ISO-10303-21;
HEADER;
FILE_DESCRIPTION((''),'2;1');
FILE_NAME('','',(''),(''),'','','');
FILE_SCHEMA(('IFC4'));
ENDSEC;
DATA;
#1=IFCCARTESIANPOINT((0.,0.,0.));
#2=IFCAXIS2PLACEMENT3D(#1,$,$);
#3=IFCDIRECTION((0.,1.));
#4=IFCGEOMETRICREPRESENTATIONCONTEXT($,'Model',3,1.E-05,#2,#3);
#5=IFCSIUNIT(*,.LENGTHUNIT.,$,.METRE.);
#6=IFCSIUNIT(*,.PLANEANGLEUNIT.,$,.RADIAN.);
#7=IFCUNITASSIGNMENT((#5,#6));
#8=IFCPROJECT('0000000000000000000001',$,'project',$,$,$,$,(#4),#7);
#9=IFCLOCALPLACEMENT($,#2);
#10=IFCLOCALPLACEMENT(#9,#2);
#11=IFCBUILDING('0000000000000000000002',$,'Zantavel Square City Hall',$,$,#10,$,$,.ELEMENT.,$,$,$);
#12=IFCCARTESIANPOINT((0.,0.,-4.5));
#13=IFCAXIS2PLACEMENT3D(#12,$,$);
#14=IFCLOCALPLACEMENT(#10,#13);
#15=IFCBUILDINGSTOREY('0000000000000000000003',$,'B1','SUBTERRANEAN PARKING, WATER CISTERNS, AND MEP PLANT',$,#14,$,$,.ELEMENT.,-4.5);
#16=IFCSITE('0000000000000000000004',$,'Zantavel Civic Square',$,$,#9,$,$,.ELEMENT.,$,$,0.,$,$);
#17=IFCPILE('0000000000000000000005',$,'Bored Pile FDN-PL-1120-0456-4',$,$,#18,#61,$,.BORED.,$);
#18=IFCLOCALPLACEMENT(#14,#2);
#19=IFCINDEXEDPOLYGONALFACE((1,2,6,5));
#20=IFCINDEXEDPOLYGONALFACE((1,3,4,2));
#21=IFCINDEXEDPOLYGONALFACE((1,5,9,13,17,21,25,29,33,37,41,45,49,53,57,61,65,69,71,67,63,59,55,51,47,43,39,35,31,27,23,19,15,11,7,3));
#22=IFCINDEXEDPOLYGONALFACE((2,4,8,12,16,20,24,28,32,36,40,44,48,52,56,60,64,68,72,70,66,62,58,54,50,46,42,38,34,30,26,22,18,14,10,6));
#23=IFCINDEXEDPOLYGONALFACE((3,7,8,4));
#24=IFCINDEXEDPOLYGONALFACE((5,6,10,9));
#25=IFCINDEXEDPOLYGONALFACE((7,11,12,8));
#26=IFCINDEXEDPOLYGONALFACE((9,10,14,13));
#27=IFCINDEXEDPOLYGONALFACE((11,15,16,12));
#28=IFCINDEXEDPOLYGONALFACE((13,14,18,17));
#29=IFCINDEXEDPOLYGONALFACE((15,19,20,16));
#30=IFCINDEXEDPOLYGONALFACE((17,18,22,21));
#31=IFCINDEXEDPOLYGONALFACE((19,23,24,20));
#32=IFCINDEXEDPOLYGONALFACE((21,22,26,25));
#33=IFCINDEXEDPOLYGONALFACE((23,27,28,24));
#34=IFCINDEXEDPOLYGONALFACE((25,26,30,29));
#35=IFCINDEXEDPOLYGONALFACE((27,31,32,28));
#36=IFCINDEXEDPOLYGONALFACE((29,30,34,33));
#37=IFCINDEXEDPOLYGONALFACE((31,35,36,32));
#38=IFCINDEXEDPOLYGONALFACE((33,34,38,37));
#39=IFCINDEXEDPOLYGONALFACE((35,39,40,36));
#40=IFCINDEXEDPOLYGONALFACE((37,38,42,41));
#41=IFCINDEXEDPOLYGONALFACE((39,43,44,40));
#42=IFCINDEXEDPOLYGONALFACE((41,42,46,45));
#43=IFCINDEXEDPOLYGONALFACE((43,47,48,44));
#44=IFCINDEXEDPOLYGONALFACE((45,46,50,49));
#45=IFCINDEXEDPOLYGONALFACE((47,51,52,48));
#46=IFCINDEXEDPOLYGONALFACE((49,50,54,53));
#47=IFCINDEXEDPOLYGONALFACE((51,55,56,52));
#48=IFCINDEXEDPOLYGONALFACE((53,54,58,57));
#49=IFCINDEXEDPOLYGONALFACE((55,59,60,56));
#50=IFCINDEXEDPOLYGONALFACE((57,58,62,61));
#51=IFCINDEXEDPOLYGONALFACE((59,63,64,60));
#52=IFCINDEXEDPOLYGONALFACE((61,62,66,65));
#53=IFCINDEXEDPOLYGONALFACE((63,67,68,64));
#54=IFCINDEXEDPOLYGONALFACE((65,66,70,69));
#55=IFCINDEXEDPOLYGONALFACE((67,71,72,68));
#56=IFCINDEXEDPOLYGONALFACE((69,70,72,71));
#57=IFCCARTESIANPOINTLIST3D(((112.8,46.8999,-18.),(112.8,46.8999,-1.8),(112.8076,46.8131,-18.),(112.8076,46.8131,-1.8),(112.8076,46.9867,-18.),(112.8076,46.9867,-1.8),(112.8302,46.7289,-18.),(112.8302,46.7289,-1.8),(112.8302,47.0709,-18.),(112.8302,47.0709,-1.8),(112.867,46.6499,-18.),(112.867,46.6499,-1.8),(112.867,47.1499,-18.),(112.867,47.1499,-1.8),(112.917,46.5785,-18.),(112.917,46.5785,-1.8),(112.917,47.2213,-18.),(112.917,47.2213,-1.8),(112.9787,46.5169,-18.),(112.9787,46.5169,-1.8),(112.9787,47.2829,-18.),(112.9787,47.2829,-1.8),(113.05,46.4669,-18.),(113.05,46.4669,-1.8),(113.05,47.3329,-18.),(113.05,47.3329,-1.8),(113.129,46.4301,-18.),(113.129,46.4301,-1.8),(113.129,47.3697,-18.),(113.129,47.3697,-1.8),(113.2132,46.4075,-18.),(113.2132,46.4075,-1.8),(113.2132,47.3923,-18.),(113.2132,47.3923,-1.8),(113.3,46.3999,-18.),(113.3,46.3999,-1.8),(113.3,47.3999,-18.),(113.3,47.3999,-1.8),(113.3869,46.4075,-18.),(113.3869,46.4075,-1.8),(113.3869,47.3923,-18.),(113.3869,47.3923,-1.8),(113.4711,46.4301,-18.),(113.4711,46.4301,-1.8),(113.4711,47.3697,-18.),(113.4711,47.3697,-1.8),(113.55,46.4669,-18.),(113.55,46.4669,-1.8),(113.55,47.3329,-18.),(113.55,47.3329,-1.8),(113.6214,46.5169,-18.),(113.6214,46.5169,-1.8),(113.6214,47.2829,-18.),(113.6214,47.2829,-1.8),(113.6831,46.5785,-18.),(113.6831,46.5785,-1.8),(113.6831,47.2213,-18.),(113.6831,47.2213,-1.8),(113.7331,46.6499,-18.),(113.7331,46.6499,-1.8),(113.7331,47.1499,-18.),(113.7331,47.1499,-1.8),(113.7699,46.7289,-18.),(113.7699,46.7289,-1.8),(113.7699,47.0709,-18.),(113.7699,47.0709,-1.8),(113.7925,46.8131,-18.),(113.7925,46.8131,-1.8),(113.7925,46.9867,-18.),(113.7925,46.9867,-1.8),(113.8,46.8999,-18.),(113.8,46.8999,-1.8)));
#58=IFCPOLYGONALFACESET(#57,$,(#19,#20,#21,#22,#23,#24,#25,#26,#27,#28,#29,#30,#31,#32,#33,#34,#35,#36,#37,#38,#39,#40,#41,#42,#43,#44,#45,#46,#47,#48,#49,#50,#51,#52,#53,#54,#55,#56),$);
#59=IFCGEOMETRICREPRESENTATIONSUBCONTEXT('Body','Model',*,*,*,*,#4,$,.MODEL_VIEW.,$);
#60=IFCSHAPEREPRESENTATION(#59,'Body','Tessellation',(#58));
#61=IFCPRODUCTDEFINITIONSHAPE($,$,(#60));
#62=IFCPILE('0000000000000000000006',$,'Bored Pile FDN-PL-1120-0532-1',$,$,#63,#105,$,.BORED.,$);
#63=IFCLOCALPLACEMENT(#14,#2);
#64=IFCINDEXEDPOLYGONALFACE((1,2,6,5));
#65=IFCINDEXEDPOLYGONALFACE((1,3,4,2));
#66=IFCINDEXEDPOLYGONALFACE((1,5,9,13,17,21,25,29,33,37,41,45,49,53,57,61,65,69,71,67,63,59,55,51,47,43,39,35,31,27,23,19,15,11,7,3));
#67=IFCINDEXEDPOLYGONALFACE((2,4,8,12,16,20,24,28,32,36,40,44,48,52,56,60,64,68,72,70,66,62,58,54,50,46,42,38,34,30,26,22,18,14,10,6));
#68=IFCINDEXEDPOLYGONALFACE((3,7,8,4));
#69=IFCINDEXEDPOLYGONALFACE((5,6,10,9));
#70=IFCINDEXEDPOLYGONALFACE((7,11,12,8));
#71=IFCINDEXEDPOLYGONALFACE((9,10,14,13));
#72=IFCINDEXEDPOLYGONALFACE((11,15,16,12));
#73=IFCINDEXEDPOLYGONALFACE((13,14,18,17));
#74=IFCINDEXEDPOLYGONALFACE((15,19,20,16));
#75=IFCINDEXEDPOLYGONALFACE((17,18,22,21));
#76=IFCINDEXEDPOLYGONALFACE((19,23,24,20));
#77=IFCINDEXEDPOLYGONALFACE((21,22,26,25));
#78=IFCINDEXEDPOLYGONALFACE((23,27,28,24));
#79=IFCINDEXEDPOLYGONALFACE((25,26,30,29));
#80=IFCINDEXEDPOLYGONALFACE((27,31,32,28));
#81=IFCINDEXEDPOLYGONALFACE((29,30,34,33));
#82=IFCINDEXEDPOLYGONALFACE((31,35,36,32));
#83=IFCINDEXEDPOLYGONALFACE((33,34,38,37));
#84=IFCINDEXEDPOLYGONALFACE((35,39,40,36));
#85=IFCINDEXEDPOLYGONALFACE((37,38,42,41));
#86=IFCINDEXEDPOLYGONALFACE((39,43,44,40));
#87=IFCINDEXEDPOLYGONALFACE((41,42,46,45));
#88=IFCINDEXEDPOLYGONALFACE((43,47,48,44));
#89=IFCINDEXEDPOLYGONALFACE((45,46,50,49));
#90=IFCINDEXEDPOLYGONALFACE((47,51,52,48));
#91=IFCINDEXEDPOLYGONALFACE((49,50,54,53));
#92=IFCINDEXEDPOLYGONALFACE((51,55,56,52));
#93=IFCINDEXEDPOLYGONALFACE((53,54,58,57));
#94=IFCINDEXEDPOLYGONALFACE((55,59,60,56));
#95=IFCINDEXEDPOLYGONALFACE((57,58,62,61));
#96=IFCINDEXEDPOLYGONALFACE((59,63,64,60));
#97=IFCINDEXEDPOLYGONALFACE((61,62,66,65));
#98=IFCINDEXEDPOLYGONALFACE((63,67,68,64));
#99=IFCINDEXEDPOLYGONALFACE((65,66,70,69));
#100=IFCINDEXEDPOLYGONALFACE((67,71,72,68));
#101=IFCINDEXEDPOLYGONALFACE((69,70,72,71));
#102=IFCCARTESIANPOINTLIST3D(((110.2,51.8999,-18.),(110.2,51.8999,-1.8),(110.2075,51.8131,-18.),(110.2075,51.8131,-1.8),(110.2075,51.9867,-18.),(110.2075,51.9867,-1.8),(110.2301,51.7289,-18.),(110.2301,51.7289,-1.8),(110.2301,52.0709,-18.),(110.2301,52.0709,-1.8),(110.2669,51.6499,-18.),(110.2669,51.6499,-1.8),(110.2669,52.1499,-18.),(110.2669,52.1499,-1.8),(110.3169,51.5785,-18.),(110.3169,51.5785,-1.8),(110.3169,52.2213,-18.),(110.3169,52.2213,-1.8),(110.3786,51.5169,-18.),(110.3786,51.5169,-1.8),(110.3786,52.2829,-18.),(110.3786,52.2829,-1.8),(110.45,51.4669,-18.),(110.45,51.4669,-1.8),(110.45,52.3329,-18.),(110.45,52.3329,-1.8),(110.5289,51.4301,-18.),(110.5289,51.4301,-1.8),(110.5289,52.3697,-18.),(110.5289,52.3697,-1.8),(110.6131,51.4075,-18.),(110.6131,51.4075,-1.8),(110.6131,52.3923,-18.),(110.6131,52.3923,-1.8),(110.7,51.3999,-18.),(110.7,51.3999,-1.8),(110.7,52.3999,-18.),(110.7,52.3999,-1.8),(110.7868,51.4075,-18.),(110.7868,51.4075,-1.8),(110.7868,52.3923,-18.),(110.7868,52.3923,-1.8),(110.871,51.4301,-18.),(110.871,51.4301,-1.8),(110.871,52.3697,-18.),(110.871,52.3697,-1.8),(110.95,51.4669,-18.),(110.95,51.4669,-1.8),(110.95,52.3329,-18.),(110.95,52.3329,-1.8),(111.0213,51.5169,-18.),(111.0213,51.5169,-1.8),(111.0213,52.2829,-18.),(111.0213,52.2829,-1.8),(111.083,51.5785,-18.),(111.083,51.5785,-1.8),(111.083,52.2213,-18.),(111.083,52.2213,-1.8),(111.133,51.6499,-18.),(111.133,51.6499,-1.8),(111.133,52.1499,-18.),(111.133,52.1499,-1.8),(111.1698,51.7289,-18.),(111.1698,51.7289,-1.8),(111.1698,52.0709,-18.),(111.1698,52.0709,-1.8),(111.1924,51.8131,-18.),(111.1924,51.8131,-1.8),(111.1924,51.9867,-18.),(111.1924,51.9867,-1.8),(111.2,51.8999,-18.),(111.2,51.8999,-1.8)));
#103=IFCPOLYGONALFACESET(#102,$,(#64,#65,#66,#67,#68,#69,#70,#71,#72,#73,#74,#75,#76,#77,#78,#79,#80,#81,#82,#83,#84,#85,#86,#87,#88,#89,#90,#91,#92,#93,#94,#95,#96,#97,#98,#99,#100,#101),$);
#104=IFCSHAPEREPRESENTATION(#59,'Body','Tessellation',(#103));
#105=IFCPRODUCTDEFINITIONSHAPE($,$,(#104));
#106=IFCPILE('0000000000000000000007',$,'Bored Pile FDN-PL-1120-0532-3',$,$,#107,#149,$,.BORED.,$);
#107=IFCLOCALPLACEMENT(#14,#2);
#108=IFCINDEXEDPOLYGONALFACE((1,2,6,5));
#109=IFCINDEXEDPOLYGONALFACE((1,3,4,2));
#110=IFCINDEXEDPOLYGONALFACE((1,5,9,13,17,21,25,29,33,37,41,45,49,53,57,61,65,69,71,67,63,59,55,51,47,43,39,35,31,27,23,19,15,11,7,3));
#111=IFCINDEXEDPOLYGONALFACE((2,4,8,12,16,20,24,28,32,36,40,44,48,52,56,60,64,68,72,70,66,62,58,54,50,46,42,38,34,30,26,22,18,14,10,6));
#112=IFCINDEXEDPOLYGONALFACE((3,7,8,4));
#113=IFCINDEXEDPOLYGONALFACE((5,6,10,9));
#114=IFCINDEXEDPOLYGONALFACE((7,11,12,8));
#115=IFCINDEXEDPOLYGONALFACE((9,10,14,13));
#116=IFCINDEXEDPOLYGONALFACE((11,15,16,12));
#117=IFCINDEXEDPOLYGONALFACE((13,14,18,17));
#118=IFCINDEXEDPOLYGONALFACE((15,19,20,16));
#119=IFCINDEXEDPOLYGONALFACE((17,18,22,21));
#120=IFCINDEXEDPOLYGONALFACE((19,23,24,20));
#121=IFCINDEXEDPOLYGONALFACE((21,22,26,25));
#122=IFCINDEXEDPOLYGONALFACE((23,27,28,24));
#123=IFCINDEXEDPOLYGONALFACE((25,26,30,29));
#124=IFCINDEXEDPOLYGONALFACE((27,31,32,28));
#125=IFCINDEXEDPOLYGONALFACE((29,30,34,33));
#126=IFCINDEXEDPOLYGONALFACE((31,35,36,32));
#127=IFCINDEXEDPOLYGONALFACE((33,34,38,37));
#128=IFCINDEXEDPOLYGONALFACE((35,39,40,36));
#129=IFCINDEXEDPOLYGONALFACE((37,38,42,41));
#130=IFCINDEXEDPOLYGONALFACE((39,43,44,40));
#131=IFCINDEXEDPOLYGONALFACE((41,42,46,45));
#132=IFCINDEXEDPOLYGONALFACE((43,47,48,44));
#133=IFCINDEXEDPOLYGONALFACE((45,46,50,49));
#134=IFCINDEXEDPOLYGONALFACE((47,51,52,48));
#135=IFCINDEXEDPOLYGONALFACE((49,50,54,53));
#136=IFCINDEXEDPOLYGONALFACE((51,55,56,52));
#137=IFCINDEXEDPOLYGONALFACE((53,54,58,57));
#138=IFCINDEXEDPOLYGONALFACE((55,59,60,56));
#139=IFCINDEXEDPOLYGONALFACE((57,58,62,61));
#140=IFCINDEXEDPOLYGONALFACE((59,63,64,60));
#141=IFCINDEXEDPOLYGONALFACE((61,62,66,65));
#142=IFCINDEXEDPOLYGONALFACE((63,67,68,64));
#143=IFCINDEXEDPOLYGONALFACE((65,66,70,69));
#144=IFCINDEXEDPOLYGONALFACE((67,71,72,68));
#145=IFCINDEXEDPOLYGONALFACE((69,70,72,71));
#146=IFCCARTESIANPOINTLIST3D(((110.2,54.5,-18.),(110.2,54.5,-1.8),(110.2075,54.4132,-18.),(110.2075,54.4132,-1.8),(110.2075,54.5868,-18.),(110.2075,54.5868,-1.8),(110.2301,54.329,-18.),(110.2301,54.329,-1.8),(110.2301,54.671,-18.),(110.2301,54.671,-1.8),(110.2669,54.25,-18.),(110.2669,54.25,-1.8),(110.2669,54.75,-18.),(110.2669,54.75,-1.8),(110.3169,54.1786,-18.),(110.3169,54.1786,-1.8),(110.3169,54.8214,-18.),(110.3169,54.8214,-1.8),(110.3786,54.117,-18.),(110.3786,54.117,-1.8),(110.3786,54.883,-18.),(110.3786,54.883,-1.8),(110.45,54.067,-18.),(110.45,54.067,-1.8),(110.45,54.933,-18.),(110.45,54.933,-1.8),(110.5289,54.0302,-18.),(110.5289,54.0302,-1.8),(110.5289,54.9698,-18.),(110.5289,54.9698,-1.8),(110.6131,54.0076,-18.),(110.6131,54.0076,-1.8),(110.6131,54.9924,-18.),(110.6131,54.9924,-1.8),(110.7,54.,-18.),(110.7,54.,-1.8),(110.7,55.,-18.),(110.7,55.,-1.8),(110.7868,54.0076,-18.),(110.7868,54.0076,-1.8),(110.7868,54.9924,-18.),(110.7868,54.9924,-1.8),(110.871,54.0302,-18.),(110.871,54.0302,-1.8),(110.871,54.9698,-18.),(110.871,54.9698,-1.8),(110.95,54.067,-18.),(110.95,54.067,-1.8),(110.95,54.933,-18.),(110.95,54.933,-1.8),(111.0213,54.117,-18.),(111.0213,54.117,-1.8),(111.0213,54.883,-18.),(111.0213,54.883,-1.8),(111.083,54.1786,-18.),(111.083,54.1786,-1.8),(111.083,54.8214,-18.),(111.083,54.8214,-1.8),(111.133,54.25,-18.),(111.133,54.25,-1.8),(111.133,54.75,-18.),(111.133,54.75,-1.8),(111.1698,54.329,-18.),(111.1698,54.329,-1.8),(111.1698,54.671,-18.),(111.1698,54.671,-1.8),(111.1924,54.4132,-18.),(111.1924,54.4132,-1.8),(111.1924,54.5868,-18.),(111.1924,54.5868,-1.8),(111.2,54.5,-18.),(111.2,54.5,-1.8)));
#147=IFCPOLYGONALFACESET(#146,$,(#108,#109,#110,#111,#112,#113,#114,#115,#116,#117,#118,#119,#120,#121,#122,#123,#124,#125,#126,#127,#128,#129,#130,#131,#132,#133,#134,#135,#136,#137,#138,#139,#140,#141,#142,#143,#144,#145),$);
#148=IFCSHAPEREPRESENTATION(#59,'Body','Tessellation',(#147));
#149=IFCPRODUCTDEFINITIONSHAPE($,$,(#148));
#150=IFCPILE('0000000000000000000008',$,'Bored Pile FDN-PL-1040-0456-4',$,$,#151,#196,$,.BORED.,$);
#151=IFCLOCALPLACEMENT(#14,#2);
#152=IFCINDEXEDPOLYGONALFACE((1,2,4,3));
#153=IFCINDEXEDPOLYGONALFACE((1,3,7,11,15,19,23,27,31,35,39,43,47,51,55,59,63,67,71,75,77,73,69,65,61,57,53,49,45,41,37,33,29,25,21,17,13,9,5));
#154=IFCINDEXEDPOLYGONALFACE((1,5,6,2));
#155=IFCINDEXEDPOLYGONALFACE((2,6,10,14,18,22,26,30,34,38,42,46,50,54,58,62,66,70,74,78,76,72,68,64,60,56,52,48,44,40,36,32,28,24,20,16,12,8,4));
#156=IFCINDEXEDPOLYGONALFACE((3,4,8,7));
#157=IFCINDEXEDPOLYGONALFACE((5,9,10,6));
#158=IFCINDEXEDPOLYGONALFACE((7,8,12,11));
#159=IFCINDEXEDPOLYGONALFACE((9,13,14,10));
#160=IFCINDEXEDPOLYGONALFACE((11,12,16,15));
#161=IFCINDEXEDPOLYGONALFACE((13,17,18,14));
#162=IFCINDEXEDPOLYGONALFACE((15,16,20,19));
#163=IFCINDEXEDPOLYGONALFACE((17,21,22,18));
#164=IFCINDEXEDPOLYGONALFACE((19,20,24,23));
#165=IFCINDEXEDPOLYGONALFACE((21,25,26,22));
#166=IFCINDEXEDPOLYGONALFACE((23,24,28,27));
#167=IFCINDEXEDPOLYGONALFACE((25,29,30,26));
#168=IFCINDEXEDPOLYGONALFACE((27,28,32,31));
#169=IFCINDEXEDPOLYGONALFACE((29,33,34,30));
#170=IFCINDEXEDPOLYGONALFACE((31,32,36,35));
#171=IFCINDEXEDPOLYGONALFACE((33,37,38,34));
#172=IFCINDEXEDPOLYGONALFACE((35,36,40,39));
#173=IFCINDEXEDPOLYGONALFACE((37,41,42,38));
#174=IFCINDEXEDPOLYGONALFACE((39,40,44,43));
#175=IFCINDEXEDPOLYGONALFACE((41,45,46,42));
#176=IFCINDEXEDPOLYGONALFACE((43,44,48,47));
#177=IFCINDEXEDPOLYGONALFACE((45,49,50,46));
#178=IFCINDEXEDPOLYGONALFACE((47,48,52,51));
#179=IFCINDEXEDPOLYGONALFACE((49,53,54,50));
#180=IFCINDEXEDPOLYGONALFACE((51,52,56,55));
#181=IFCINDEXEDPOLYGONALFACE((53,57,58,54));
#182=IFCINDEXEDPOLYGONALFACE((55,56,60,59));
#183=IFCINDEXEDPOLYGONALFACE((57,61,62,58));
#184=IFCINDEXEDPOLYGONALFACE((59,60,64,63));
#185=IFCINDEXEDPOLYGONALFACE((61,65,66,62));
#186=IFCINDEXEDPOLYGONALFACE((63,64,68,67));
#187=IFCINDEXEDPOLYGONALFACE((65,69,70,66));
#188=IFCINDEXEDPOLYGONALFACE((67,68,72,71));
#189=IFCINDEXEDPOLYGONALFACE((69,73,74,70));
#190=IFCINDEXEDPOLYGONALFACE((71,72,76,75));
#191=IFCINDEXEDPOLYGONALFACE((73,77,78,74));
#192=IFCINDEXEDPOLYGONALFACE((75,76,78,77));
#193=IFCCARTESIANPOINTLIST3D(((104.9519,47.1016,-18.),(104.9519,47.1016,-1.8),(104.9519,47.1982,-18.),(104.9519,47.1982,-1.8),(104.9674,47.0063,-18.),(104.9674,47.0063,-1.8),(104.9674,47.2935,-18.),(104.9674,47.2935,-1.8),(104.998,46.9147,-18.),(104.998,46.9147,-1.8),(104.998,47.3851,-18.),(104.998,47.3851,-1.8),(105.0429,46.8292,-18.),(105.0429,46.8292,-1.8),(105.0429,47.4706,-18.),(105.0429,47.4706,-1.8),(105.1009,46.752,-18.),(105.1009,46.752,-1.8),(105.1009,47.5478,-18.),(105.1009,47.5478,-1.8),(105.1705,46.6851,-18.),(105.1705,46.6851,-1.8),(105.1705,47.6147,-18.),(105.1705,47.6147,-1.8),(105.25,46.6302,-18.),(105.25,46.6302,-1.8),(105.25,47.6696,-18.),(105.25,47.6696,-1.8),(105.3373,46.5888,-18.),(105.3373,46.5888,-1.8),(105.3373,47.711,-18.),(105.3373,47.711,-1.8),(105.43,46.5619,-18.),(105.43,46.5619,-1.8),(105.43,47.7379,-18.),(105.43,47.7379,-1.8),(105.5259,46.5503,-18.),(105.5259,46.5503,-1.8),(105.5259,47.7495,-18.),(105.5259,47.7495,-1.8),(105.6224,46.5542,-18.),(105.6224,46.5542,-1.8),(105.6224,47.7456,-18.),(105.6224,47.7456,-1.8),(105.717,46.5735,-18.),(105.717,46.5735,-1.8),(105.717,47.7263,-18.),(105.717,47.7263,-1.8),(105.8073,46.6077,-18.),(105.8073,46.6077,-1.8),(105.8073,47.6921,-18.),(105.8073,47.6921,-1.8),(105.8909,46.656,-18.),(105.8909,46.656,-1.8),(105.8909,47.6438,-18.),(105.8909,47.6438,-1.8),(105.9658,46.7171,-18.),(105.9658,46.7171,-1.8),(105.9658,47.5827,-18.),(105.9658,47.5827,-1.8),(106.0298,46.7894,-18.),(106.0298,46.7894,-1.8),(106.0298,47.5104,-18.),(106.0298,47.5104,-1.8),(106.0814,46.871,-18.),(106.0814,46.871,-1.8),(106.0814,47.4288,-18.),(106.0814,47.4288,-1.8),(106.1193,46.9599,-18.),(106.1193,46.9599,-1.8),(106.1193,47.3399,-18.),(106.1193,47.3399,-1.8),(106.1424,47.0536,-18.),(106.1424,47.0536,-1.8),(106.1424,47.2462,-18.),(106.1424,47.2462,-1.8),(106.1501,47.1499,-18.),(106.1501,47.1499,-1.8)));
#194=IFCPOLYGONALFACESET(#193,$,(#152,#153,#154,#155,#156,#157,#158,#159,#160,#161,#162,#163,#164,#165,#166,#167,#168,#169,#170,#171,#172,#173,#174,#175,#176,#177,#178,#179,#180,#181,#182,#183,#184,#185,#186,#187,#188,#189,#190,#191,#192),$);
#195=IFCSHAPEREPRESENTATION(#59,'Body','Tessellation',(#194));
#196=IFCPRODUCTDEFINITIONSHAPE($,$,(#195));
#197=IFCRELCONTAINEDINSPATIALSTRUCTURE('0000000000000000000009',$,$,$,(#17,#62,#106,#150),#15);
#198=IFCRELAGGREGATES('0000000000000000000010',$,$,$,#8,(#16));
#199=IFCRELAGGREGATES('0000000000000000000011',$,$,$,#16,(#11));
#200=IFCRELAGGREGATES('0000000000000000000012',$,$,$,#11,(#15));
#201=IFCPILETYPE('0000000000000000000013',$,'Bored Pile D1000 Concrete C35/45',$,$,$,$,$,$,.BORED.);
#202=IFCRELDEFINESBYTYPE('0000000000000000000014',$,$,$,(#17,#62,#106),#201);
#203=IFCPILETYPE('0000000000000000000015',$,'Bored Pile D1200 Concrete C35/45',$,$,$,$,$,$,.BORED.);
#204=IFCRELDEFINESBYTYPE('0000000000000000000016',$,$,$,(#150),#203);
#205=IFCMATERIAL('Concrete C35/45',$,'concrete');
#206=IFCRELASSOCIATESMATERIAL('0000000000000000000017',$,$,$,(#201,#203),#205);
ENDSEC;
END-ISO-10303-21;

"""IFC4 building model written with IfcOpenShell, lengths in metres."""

from ifc_helpers import new_model, si_unit, direction, frame, origin, origin_2d, place, context, subcontext, project, spatial, circle, extrude, material, material_profile, profile_set, type_object, element, save


model = new_model("IFC4")

# Units and contexts
model_context = context("Model", 3, precision=1e-05, world=origin(), true_north=direction((0.0, 1.0)))
body_context = subcontext(model_context, "Body", "Model", "MODEL_VIEW")
ifc_project = project(units=[si_unit("LENGTHUNIT", "METRE"), si_unit("PLANEANGLEUNIT", "RADIAN")], contexts=[model_context])

# Site, building, storey
site_placement = place(None, origin())
site = spatial("IfcSite", under=ifc_project, at=site_placement, Name="Zantavel Civic Square", CompositionType="ELEMENT", RefElevation=0.0)
building_placement = place(site_placement, origin())
building = spatial("IfcBuilding", under=site, at=building_placement, Name="Zantavel Square City Hall", CompositionType="ELEMENT")
storey_placement = place(building_placement, frame((0.0, 0.0, -4.5)))
storey = spatial("IfcBuildingStorey", under=building, at=storey_placement, Name="B1", Description="SUBTERRANEAN PARKING, WATER CISTERNS, AND MEP PLANT", CompositionType="ELEMENT", Elevation=-4.5)

# Piles
ifc_material_1 = material(Name="Concrete C35/45", Category="concrete")
ifc_material_profile_1 = material_profile(ifc_material_1, circle(Radius=0.5, at=origin_2d()), Name="PILE D1000")
ifc_profile_set_1 = profile_set([ifc_material_profile_1], Name="Concrete C35/45")
pile_type_1 = type_object("IfcPileType", Name="Bored Pile D1000 Concrete C35/45", PredefinedType="BORED", material=ifc_profile_set_1)
for number, where, z_axis, x_axis, name in (
    (1, (113.3, 46.8999, -1.8), (0.0, 0.0, -1.0), (1.0, 0.0, 0.0), "Bored Pile FDN-PL-1120-0456-4"),
    (2, (110.7, 51.8999, -1.8), (0.0, 0.0, -1.0), (1.0, 0.0, 0.0), "Bored Pile FDN-PL-1120-0532-1"),
    (3, (110.7, 54.5, -1.8), (0.0, 0.0, -1.0), (1.0, 0.0, 0.0), "Bored Pile FDN-PL-1120-0532-3"),
):
    element("IfcPile", number, at=place(storey_placement, frame(where, z_axis=z_axis, x_axis=x_axis)), inside=storey, type_object=pile_type_1, Name=name, PredefinedType="BORED", context=body_context, shape_type="SweptSolid", body=[
        extrude(circle(Radius=0.5, at=origin_2d()), origin(), (0.0, 0.0, 1.0), 16.2),
    ])
ifc_material_profile_2 = material_profile(ifc_material_1, circle(Radius=0.6001, at=origin_2d()), Name="PILE D1200")
ifc_profile_set_2 = profile_set([ifc_material_profile_2], Name="Concrete C35/45")
pile_type_2 = type_object("IfcPileType", Name="Bored Pile D1200 Concrete C35/45", PredefinedType="BORED", material=ifc_profile_set_2)
for number, where, z_axis, x_axis, name in (
    (4, (105.55, 47.1499, -1.8), (0.0, 0.0, -1.0), (1.0, 0.0, 0.0), "Bored Pile FDN-PL-1040-0456-4"),
):
    element("IfcPile", number, at=place(storey_placement, frame(where, z_axis=z_axis, x_axis=x_axis)), inside=storey, type_object=pile_type_2, Name=name, PredefinedType="BORED", context=body_context, shape_type="SweptSolid", body=[
        extrude(circle(Radius=0.6001, at=origin_2d()), origin(), (0.0, 0.0, 1.0), 16.2),
    ])

save(model, "model.ifc")
